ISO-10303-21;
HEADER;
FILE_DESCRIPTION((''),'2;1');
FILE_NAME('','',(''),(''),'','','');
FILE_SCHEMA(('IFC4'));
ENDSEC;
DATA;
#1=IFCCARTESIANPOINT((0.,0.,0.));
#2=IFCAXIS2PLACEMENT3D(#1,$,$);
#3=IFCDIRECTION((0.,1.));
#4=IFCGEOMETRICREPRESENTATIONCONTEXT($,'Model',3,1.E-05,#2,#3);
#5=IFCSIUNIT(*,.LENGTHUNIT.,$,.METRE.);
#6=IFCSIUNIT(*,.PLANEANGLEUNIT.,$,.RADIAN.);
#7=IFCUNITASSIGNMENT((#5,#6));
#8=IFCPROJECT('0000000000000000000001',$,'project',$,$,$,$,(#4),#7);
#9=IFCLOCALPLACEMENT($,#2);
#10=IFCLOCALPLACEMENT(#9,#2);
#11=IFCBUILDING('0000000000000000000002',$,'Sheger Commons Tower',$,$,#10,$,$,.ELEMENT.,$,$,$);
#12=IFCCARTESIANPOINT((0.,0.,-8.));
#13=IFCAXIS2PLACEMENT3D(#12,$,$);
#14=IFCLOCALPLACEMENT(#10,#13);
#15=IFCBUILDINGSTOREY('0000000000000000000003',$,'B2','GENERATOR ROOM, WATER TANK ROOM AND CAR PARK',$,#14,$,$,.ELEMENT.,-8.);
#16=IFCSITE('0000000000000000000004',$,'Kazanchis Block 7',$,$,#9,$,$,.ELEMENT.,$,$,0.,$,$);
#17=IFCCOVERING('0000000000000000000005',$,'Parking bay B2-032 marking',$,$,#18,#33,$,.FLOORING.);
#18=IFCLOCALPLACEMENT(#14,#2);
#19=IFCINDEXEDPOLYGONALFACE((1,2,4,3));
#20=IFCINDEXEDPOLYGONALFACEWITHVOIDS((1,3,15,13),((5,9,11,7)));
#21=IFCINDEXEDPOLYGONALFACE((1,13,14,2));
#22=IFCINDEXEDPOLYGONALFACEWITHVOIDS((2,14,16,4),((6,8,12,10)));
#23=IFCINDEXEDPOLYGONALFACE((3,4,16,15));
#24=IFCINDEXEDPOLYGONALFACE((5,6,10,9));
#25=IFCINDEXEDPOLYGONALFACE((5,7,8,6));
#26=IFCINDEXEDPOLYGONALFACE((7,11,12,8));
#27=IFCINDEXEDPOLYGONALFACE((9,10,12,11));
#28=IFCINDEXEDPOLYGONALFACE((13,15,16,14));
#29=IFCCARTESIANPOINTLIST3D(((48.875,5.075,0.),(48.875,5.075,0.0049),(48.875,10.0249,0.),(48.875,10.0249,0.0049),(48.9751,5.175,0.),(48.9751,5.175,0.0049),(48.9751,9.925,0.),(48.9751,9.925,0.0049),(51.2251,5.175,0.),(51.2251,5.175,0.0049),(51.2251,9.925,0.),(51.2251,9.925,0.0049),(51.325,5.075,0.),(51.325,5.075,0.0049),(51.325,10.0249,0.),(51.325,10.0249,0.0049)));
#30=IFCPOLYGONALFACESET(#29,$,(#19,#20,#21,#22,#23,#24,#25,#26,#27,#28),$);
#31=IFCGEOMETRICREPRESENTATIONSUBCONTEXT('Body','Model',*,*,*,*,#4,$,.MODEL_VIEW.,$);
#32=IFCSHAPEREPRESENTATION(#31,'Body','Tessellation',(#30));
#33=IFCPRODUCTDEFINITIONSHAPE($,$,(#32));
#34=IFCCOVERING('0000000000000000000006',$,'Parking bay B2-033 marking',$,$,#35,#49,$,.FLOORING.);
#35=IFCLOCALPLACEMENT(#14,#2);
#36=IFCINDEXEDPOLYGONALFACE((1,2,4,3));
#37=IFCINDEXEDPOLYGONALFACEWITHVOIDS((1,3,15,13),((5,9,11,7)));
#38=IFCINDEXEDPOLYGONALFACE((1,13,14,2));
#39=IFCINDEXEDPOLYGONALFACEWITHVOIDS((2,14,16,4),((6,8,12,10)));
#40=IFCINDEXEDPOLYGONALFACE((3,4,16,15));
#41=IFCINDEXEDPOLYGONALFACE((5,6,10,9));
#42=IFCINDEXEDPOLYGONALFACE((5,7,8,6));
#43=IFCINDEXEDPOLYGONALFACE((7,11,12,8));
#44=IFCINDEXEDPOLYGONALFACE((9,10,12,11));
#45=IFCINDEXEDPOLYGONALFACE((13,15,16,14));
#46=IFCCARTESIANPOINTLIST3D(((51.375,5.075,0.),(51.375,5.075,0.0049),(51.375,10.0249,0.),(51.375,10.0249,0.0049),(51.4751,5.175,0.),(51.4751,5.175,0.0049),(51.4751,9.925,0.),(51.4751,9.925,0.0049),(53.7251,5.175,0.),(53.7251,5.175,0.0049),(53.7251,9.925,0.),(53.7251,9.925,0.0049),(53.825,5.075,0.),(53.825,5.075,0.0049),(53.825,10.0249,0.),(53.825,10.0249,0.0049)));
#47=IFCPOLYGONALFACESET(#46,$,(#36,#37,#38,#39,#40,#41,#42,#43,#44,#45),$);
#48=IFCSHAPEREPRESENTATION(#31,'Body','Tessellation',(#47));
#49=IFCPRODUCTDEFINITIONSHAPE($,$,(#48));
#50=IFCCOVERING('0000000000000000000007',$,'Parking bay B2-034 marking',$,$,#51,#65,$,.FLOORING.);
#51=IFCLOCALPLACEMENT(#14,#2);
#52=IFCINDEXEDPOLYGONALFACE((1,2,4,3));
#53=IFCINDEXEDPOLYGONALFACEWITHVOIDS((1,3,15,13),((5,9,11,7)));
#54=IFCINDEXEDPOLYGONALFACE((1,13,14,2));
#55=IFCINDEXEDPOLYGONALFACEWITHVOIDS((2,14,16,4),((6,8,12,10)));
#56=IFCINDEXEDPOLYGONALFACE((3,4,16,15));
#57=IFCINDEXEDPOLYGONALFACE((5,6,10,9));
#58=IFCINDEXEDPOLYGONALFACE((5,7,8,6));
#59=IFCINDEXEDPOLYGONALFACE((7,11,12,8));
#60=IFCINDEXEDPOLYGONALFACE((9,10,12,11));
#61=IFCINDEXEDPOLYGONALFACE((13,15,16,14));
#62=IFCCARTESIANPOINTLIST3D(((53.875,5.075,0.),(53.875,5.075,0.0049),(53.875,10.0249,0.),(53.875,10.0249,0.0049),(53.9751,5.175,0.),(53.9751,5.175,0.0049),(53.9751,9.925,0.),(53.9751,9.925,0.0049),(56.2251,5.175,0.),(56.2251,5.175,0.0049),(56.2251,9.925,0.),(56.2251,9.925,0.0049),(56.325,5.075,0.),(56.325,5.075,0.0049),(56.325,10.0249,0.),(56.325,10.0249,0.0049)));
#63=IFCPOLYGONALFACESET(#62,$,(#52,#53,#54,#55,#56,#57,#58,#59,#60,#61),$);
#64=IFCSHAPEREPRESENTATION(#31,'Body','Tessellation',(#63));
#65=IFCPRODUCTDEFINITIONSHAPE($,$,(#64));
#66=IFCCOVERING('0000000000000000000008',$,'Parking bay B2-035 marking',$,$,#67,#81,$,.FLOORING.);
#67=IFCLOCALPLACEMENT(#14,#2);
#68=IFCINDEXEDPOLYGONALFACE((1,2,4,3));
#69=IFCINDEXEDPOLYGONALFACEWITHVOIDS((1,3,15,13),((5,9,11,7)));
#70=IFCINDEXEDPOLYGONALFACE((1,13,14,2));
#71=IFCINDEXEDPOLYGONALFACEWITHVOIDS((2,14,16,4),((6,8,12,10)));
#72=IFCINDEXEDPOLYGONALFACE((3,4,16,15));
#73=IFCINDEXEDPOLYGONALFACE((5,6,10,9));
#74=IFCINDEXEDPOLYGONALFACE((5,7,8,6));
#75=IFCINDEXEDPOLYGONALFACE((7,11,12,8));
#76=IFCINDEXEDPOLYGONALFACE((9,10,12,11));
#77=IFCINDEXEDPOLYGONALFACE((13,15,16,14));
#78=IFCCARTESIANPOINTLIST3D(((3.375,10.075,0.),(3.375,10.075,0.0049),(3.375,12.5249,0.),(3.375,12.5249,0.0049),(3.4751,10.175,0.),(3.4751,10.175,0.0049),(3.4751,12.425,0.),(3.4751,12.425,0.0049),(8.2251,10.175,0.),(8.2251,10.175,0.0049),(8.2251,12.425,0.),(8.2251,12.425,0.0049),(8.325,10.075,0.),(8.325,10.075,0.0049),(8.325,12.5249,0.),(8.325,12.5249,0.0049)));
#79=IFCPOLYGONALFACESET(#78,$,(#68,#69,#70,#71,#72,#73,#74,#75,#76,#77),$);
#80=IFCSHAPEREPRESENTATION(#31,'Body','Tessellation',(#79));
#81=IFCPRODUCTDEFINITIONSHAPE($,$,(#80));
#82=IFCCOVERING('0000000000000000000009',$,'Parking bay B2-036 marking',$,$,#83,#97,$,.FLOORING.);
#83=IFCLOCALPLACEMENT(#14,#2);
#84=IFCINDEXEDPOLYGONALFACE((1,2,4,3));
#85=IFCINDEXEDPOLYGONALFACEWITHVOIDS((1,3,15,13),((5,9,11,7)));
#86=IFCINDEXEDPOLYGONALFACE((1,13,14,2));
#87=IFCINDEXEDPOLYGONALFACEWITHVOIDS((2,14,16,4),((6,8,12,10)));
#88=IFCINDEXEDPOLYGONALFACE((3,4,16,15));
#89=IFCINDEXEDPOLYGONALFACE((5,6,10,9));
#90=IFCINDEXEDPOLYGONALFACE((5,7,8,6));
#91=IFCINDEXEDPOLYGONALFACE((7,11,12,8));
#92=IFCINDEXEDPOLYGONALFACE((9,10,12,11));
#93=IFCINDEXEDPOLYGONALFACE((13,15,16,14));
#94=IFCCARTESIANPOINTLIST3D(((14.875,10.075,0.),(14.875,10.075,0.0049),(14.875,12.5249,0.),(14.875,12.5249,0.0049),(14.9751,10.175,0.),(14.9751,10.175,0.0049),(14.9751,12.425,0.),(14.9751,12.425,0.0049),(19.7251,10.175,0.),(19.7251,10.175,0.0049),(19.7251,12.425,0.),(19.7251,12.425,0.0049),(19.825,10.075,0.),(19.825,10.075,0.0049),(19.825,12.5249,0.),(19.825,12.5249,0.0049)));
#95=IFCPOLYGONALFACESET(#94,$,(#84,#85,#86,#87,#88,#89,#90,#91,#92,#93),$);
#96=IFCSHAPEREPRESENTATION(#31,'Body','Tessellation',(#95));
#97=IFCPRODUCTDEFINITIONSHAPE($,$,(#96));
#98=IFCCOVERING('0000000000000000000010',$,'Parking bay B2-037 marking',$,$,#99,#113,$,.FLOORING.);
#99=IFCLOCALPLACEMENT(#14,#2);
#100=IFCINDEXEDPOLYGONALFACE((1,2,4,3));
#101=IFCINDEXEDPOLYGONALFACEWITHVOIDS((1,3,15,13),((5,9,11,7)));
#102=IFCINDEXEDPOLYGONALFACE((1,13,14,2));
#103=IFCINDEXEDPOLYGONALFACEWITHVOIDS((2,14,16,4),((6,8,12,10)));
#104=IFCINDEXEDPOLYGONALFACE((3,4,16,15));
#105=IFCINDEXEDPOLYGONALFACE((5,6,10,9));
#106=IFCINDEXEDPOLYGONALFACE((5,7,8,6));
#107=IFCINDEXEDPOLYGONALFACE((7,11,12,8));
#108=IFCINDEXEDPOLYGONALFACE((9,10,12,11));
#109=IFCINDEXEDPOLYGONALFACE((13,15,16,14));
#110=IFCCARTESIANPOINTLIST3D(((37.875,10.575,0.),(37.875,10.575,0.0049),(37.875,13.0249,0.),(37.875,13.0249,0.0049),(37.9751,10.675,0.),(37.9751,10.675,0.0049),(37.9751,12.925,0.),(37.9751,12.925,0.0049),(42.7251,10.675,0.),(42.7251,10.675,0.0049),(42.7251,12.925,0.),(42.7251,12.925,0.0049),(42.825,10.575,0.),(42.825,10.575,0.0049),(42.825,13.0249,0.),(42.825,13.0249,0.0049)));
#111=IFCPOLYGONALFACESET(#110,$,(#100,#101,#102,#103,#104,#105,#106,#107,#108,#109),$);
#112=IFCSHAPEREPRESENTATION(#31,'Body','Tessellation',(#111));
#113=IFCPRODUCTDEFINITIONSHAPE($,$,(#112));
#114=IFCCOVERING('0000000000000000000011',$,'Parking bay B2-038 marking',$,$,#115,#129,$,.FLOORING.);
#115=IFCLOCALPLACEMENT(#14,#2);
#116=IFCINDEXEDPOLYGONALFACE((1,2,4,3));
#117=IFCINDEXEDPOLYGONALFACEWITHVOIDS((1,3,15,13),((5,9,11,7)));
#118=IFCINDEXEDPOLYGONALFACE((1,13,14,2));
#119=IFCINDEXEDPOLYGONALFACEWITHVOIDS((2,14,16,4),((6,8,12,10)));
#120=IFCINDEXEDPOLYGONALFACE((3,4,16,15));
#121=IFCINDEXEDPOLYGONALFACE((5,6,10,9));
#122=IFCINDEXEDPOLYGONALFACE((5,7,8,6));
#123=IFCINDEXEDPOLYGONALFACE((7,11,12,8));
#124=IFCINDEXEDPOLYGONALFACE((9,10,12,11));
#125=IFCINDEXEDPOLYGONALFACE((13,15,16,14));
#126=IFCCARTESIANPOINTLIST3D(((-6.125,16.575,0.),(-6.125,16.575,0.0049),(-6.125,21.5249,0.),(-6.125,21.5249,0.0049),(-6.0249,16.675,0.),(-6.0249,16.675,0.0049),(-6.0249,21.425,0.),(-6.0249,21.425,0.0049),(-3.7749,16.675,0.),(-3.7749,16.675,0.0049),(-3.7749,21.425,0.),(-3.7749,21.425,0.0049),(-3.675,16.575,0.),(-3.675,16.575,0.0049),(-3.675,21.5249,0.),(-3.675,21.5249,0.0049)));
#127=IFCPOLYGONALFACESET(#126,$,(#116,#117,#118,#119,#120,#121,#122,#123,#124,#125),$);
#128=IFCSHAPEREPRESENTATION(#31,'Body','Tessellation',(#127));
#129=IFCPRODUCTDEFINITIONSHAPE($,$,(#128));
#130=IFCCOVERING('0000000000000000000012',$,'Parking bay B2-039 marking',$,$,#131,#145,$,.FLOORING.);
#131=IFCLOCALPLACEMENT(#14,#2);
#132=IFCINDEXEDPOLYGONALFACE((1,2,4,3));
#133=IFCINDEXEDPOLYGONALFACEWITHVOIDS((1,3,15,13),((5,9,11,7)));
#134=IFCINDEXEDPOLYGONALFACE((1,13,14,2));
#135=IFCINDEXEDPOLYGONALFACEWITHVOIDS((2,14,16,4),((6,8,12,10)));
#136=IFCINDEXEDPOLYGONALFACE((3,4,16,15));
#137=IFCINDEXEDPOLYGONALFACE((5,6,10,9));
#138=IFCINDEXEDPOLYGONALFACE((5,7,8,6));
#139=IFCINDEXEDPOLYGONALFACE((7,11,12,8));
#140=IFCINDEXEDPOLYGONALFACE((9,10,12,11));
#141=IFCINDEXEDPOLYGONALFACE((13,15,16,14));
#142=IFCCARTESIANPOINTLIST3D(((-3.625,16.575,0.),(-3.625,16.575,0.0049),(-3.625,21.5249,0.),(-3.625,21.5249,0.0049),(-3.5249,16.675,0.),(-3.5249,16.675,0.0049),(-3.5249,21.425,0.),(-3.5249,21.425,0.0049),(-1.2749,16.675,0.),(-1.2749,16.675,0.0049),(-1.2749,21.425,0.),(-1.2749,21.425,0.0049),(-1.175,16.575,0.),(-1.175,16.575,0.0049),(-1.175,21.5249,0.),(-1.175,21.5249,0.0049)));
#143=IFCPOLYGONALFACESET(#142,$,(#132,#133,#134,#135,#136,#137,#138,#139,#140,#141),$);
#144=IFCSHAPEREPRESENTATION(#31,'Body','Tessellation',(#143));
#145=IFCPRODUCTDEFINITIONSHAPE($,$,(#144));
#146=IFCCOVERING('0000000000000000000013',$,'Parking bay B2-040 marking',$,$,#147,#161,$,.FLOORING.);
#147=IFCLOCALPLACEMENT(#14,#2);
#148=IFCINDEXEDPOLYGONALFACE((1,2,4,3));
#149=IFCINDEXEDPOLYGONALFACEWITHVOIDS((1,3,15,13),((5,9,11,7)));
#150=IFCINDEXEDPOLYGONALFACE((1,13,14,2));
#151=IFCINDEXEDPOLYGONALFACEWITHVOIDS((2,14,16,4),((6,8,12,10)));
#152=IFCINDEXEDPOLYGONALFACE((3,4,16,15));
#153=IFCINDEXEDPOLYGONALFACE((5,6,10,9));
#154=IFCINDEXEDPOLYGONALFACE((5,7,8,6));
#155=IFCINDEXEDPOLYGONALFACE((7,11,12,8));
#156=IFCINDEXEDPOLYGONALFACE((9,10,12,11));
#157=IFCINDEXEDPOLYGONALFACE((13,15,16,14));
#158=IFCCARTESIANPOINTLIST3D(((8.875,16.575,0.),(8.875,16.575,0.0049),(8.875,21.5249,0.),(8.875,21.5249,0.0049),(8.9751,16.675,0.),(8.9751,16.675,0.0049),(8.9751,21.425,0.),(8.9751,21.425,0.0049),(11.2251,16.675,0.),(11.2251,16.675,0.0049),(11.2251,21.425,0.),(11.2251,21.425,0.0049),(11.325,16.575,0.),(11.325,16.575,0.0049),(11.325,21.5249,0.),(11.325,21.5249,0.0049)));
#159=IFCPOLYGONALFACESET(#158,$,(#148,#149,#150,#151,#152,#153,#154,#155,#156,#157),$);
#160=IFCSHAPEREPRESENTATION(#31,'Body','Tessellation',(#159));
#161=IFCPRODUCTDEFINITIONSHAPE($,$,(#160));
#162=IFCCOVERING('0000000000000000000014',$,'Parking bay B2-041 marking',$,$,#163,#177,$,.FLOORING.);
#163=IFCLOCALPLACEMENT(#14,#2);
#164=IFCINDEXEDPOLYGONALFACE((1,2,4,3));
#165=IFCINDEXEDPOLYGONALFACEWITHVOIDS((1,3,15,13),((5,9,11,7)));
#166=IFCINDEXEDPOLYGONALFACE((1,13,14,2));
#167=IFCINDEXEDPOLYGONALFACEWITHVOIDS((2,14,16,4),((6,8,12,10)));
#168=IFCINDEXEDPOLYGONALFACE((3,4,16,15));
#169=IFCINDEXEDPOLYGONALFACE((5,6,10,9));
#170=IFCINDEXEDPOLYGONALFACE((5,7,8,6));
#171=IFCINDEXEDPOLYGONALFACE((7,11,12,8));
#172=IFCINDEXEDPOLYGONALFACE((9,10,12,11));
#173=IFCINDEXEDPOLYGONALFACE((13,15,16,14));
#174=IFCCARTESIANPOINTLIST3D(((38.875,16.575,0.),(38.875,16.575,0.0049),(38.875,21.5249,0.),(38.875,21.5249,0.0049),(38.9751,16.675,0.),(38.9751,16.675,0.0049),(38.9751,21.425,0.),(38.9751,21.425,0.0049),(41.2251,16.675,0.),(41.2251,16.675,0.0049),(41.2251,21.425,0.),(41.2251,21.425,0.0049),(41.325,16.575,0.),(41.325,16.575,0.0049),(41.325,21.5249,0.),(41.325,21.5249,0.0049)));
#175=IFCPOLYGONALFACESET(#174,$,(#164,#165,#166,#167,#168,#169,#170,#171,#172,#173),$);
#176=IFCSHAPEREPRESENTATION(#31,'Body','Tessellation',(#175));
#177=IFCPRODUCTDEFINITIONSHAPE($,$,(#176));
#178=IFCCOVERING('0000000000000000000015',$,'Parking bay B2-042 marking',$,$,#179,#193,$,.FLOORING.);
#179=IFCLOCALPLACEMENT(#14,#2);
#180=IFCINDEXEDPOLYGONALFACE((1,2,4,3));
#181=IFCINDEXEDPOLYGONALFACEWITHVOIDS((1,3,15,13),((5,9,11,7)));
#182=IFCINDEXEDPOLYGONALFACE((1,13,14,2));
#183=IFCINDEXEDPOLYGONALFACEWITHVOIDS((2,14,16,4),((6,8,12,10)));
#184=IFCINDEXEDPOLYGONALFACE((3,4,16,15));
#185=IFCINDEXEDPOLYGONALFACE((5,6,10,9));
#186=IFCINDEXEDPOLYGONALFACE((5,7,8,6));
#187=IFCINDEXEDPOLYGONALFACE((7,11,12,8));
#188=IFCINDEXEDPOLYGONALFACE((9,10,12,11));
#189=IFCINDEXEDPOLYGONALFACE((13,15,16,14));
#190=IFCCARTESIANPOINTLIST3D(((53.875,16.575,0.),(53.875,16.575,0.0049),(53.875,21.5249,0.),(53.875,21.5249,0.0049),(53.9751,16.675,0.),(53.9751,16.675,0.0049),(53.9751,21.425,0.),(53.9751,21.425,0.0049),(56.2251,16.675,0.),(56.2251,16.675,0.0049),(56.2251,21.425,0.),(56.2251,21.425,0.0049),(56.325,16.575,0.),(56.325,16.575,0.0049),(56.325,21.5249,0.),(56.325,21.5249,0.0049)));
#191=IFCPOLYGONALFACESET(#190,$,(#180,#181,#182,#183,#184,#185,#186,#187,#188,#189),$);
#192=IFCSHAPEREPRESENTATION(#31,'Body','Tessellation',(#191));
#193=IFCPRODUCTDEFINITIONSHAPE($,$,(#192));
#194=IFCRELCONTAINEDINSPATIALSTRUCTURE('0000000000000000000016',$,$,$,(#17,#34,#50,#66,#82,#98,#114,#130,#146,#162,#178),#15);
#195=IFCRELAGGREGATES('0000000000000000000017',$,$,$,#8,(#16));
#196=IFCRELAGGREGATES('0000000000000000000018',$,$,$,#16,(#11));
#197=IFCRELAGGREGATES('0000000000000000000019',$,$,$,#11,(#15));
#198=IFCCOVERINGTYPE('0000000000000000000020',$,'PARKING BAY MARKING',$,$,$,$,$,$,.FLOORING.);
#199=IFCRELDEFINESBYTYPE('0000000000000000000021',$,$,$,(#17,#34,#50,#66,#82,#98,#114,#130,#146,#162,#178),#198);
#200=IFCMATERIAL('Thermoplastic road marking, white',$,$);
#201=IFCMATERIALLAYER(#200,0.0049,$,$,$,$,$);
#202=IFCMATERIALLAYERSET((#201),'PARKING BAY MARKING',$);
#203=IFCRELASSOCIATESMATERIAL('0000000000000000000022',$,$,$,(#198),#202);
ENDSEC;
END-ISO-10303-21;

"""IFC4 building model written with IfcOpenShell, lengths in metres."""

from ifc_helpers import new_model, si_unit, direction, frame, origin, place, context, subcontext, project, spatial, polyline, outline, extrude, material, layer, layer_set, type_object, element, save


model = new_model("IFC4")

# Units and contexts
model_context = context("Model", 3, precision=1e-05, world=origin(), true_north=direction((0.0, 1.0)))
body_context = subcontext(model_context, "Body", "Model", "MODEL_VIEW")
ifc_project = project(units=[si_unit("LENGTHUNIT", "METRE"), si_unit("PLANEANGLEUNIT", "RADIAN")], contexts=[model_context])

# Site, building, storey
site_placement = place(None, origin())
site = spatial("IfcSite", under=ifc_project, at=site_placement, Name="Kazanchis Block 7", CompositionType="ELEMENT", RefElevation=0.0)
building_placement = place(site_placement, origin())
building = spatial("IfcBuilding", under=site, at=building_placement, Name="Sheger Commons Tower", CompositionType="ELEMENT")
storey_placement = place(building_placement, frame((0.0, 0.0, -8.0)))
storey = spatial("IfcBuildingStorey", under=building, at=storey_placement, Name="B2", Description="GENERATOR ROOM, WATER TANK ROOM AND CAR PARK", CompositionType="ELEMENT", Elevation=-8.0)

# Coverings
ifc_material = material(Name="Thermoplastic road marking, white")
ifc_layer = layer(ifc_material, 0.0049)
ifc_layer_set = layer_set([ifc_layer], Name="PARKING BAY MARKING")
covering_type = type_object("IfcCoveringType", Name="PARKING BAY MARKING", PredefinedType="FLOORING", material=ifc_layer_set)
covering_1_placement = place(storey_placement, origin())
element("IfcCovering", 1, at=covering_1_placement, inside=storey, type_object=covering_type, Name="Parking bay B2-032 marking", PredefinedType="FLOORING", context=body_context, shape_type="SweptSolid", body=[
    extrude(outline(polyline([(48.875, 5.075), (51.325, 5.075), (51.325, 10.0249), (48.875, 10.0249), (48.875, 5.075)]), holes=[polyline([(51.2251, 9.925), (51.2251, 5.175), (48.9751, 5.175), (48.9751, 9.925), (51.2251, 9.925)])]), origin(), (0.0, 0.0, 1.0), 0.0049),
])
covering_2_placement = place(storey_placement, origin())
element("IfcCovering", 2, at=covering_2_placement, inside=storey, type_object=covering_type, Name="Parking bay B2-033 marking", PredefinedType="FLOORING", context=body_context, shape_type="SweptSolid", body=[
    extrude(outline(polyline([(51.375, 5.075), (53.825, 5.075), (53.825, 10.0249), (51.375, 10.0249), (51.375, 5.075)]), holes=[polyline([(53.7251, 9.925), (53.7251, 5.175), (51.4751, 5.175), (51.4751, 9.925), (53.7251, 9.925)])]), origin(), (0.0, 0.0, 1.0), 0.0049),
])
covering_3_placement = place(storey_placement, origin())
element("IfcCovering", 3, at=covering_3_placement, inside=storey, type_object=covering_type, Name="Parking bay B2-034 marking", PredefinedType="FLOORING", context=body_context, shape_type="SweptSolid", body=[
    extrude(outline(polyline([(53.875, 5.075), (56.325, 5.075), (56.325, 10.0249), (53.875, 10.0249), (53.875, 5.075)]), holes=[polyline([(56.2251, 9.925), (56.2251, 5.175), (53.9751, 5.175), (53.9751, 9.925), (56.2251, 9.925)])]), origin(), (0.0, 0.0, 1.0), 0.0049),
])
covering_4_placement = place(storey_placement, origin())
element("IfcCovering", 4, at=covering_4_placement, inside=storey, type_object=covering_type, Name="Parking bay B2-035 marking", PredefinedType="FLOORING", context=body_context, shape_type="SweptSolid", body=[
    extrude(outline(polyline([(3.375, 10.075), (8.325, 10.075), (8.325, 12.5249), (3.375, 12.5249), (3.375, 10.075)]), holes=[polyline([(8.2251, 12.425), (8.2251, 10.175), (3.4751, 10.175), (3.4751, 12.425), (8.2251, 12.425)])]), origin(), (0.0, 0.0, 1.0), 0.0049),
])
covering_5_placement = place(storey_placement, origin())
element("IfcCovering", 5, at=covering_5_placement, inside=storey, type_object=covering_type, Name="Parking bay B2-036 marking", PredefinedType="FLOORING", context=body_context, shape_type="SweptSolid", body=[
    extrude(outline(polyline([(14.875, 10.075), (19.825, 10.075), (19.825, 12.5249), (14.875, 12.5249), (14.875, 10.075)]), holes=[polyline([(19.7251, 12.425), (19.7251, 10.175), (14.9751, 10.175), (14.9751, 12.425), (19.7251, 12.425)])]), origin(), (0.0, 0.0, 1.0), 0.0049),
])
covering_6_placement = place(storey_placement, origin())
element("IfcCovering", 6, at=covering_6_placement, inside=storey, type_object=covering_type, Name="Parking bay B2-037 marking", PredefinedType="FLOORING", context=body_context, shape_type="SweptSolid", body=[
    extrude(outline(polyline([(37.875, 10.575), (42.825, 10.575), (42.825, 13.0249), (37.875, 13.0249), (37.875, 10.575)]), holes=[polyline([(42.7251, 12.925), (42.7251, 10.675), (37.9751, 10.675), (37.9751, 12.925), (42.7251, 12.925)])]), origin(), (0.0, 0.0, 1.0), 0.0049),
])
covering_7_placement = place(storey_placement, origin())
element("IfcCovering", 7, at=covering_7_placement, inside=storey, type_object=covering_type, Name="Parking bay B2-038 marking", PredefinedType="FLOORING", context=body_context, shape_type="SweptSolid", body=[
    extrude(outline(polyline([(-6.125, 16.575), (-3.675, 16.575), (-3.675, 21.5249), (-6.125, 21.5249), (-6.125, 16.575)]), holes=[polyline([(-3.7749, 21.425), (-3.7749, 16.675), (-6.0249, 16.675), (-6.0249, 21.425), (-3.7749, 21.425)])]), origin(), (0.0, 0.0, 1.0), 0.0049),
])
covering_8_placement = place(storey_placement, origin())
element("IfcCovering", 8, at=covering_8_placement, inside=storey, type_object=covering_type, Name="Parking bay B2-039 marking", PredefinedType="FLOORING", context=body_context, shape_type="SweptSolid", body=[
    extrude(outline(polyline([(-3.625, 16.575), (-1.175, 16.575), (-1.175, 21.5249), (-3.625, 21.5249), (-3.625, 16.575)]), holes=[polyline([(-1.2749, 21.425), (-1.2749, 16.675), (-3.5249, 16.675), (-3.5249, 21.425), (-1.2749, 21.425)])]), origin(), (0.0, 0.0, 1.0), 0.0049),
])
covering_9_placement = place(storey_placement, origin())
element("IfcCovering", 9, at=covering_9_placement, inside=storey, type_object=covering_type, Name="Parking bay B2-040 marking", PredefinedType="FLOORING", context=body_context, shape_type="SweptSolid", body=[
    extrude(outline(polyline([(8.875, 16.575), (11.325, 16.575), (11.325, 21.5249), (8.875, 21.5249), (8.875, 16.575)]), holes=[polyline([(11.2251, 21.425), (11.2251, 16.675), (8.9751, 16.675), (8.9751, 21.425), (11.2251, 21.425)])]), origin(), (0.0, 0.0, 1.0), 0.0049),
])
covering_10_placement = place(storey_placement, origin())
element("IfcCovering", 10, at=covering_10_placement, inside=storey, type_object=covering_type, Name="Parking bay B2-041 marking", PredefinedType="FLOORING", context=body_context, shape_type="SweptSolid", body=[
    extrude(outline(polyline([(38.875, 16.575), (41.325, 16.575), (41.325, 21.5249), (38.875, 21.5249), (38.875, 16.575)]), holes=[polyline([(41.2251, 21.425), (41.2251, 16.675), (38.9751, 16.675), (38.9751, 21.425), (41.2251, 21.425)])]), origin(), (0.0, 0.0, 1.0), 0.0049),
])
covering_11_placement = place(storey_placement, origin())
element("IfcCovering", 11, at=covering_11_placement, inside=storey, type_object=covering_type, Name="Parking bay B2-042 marking", PredefinedType="FLOORING", context=body_context, shape_type="SweptSolid", body=[
    extrude(outline(polyline([(53.875, 16.575), (56.325, 16.575), (56.325, 21.5249), (53.875, 21.5249), (53.875, 16.575)]), holes=[polyline([(56.2251, 21.425), (56.2251, 16.675), (53.9751, 16.675), (53.9751, 21.425), (56.2251, 21.425)])]), origin(), (0.0, 0.0, 1.0), 0.0049),
])

save(model, "model.ifc")
